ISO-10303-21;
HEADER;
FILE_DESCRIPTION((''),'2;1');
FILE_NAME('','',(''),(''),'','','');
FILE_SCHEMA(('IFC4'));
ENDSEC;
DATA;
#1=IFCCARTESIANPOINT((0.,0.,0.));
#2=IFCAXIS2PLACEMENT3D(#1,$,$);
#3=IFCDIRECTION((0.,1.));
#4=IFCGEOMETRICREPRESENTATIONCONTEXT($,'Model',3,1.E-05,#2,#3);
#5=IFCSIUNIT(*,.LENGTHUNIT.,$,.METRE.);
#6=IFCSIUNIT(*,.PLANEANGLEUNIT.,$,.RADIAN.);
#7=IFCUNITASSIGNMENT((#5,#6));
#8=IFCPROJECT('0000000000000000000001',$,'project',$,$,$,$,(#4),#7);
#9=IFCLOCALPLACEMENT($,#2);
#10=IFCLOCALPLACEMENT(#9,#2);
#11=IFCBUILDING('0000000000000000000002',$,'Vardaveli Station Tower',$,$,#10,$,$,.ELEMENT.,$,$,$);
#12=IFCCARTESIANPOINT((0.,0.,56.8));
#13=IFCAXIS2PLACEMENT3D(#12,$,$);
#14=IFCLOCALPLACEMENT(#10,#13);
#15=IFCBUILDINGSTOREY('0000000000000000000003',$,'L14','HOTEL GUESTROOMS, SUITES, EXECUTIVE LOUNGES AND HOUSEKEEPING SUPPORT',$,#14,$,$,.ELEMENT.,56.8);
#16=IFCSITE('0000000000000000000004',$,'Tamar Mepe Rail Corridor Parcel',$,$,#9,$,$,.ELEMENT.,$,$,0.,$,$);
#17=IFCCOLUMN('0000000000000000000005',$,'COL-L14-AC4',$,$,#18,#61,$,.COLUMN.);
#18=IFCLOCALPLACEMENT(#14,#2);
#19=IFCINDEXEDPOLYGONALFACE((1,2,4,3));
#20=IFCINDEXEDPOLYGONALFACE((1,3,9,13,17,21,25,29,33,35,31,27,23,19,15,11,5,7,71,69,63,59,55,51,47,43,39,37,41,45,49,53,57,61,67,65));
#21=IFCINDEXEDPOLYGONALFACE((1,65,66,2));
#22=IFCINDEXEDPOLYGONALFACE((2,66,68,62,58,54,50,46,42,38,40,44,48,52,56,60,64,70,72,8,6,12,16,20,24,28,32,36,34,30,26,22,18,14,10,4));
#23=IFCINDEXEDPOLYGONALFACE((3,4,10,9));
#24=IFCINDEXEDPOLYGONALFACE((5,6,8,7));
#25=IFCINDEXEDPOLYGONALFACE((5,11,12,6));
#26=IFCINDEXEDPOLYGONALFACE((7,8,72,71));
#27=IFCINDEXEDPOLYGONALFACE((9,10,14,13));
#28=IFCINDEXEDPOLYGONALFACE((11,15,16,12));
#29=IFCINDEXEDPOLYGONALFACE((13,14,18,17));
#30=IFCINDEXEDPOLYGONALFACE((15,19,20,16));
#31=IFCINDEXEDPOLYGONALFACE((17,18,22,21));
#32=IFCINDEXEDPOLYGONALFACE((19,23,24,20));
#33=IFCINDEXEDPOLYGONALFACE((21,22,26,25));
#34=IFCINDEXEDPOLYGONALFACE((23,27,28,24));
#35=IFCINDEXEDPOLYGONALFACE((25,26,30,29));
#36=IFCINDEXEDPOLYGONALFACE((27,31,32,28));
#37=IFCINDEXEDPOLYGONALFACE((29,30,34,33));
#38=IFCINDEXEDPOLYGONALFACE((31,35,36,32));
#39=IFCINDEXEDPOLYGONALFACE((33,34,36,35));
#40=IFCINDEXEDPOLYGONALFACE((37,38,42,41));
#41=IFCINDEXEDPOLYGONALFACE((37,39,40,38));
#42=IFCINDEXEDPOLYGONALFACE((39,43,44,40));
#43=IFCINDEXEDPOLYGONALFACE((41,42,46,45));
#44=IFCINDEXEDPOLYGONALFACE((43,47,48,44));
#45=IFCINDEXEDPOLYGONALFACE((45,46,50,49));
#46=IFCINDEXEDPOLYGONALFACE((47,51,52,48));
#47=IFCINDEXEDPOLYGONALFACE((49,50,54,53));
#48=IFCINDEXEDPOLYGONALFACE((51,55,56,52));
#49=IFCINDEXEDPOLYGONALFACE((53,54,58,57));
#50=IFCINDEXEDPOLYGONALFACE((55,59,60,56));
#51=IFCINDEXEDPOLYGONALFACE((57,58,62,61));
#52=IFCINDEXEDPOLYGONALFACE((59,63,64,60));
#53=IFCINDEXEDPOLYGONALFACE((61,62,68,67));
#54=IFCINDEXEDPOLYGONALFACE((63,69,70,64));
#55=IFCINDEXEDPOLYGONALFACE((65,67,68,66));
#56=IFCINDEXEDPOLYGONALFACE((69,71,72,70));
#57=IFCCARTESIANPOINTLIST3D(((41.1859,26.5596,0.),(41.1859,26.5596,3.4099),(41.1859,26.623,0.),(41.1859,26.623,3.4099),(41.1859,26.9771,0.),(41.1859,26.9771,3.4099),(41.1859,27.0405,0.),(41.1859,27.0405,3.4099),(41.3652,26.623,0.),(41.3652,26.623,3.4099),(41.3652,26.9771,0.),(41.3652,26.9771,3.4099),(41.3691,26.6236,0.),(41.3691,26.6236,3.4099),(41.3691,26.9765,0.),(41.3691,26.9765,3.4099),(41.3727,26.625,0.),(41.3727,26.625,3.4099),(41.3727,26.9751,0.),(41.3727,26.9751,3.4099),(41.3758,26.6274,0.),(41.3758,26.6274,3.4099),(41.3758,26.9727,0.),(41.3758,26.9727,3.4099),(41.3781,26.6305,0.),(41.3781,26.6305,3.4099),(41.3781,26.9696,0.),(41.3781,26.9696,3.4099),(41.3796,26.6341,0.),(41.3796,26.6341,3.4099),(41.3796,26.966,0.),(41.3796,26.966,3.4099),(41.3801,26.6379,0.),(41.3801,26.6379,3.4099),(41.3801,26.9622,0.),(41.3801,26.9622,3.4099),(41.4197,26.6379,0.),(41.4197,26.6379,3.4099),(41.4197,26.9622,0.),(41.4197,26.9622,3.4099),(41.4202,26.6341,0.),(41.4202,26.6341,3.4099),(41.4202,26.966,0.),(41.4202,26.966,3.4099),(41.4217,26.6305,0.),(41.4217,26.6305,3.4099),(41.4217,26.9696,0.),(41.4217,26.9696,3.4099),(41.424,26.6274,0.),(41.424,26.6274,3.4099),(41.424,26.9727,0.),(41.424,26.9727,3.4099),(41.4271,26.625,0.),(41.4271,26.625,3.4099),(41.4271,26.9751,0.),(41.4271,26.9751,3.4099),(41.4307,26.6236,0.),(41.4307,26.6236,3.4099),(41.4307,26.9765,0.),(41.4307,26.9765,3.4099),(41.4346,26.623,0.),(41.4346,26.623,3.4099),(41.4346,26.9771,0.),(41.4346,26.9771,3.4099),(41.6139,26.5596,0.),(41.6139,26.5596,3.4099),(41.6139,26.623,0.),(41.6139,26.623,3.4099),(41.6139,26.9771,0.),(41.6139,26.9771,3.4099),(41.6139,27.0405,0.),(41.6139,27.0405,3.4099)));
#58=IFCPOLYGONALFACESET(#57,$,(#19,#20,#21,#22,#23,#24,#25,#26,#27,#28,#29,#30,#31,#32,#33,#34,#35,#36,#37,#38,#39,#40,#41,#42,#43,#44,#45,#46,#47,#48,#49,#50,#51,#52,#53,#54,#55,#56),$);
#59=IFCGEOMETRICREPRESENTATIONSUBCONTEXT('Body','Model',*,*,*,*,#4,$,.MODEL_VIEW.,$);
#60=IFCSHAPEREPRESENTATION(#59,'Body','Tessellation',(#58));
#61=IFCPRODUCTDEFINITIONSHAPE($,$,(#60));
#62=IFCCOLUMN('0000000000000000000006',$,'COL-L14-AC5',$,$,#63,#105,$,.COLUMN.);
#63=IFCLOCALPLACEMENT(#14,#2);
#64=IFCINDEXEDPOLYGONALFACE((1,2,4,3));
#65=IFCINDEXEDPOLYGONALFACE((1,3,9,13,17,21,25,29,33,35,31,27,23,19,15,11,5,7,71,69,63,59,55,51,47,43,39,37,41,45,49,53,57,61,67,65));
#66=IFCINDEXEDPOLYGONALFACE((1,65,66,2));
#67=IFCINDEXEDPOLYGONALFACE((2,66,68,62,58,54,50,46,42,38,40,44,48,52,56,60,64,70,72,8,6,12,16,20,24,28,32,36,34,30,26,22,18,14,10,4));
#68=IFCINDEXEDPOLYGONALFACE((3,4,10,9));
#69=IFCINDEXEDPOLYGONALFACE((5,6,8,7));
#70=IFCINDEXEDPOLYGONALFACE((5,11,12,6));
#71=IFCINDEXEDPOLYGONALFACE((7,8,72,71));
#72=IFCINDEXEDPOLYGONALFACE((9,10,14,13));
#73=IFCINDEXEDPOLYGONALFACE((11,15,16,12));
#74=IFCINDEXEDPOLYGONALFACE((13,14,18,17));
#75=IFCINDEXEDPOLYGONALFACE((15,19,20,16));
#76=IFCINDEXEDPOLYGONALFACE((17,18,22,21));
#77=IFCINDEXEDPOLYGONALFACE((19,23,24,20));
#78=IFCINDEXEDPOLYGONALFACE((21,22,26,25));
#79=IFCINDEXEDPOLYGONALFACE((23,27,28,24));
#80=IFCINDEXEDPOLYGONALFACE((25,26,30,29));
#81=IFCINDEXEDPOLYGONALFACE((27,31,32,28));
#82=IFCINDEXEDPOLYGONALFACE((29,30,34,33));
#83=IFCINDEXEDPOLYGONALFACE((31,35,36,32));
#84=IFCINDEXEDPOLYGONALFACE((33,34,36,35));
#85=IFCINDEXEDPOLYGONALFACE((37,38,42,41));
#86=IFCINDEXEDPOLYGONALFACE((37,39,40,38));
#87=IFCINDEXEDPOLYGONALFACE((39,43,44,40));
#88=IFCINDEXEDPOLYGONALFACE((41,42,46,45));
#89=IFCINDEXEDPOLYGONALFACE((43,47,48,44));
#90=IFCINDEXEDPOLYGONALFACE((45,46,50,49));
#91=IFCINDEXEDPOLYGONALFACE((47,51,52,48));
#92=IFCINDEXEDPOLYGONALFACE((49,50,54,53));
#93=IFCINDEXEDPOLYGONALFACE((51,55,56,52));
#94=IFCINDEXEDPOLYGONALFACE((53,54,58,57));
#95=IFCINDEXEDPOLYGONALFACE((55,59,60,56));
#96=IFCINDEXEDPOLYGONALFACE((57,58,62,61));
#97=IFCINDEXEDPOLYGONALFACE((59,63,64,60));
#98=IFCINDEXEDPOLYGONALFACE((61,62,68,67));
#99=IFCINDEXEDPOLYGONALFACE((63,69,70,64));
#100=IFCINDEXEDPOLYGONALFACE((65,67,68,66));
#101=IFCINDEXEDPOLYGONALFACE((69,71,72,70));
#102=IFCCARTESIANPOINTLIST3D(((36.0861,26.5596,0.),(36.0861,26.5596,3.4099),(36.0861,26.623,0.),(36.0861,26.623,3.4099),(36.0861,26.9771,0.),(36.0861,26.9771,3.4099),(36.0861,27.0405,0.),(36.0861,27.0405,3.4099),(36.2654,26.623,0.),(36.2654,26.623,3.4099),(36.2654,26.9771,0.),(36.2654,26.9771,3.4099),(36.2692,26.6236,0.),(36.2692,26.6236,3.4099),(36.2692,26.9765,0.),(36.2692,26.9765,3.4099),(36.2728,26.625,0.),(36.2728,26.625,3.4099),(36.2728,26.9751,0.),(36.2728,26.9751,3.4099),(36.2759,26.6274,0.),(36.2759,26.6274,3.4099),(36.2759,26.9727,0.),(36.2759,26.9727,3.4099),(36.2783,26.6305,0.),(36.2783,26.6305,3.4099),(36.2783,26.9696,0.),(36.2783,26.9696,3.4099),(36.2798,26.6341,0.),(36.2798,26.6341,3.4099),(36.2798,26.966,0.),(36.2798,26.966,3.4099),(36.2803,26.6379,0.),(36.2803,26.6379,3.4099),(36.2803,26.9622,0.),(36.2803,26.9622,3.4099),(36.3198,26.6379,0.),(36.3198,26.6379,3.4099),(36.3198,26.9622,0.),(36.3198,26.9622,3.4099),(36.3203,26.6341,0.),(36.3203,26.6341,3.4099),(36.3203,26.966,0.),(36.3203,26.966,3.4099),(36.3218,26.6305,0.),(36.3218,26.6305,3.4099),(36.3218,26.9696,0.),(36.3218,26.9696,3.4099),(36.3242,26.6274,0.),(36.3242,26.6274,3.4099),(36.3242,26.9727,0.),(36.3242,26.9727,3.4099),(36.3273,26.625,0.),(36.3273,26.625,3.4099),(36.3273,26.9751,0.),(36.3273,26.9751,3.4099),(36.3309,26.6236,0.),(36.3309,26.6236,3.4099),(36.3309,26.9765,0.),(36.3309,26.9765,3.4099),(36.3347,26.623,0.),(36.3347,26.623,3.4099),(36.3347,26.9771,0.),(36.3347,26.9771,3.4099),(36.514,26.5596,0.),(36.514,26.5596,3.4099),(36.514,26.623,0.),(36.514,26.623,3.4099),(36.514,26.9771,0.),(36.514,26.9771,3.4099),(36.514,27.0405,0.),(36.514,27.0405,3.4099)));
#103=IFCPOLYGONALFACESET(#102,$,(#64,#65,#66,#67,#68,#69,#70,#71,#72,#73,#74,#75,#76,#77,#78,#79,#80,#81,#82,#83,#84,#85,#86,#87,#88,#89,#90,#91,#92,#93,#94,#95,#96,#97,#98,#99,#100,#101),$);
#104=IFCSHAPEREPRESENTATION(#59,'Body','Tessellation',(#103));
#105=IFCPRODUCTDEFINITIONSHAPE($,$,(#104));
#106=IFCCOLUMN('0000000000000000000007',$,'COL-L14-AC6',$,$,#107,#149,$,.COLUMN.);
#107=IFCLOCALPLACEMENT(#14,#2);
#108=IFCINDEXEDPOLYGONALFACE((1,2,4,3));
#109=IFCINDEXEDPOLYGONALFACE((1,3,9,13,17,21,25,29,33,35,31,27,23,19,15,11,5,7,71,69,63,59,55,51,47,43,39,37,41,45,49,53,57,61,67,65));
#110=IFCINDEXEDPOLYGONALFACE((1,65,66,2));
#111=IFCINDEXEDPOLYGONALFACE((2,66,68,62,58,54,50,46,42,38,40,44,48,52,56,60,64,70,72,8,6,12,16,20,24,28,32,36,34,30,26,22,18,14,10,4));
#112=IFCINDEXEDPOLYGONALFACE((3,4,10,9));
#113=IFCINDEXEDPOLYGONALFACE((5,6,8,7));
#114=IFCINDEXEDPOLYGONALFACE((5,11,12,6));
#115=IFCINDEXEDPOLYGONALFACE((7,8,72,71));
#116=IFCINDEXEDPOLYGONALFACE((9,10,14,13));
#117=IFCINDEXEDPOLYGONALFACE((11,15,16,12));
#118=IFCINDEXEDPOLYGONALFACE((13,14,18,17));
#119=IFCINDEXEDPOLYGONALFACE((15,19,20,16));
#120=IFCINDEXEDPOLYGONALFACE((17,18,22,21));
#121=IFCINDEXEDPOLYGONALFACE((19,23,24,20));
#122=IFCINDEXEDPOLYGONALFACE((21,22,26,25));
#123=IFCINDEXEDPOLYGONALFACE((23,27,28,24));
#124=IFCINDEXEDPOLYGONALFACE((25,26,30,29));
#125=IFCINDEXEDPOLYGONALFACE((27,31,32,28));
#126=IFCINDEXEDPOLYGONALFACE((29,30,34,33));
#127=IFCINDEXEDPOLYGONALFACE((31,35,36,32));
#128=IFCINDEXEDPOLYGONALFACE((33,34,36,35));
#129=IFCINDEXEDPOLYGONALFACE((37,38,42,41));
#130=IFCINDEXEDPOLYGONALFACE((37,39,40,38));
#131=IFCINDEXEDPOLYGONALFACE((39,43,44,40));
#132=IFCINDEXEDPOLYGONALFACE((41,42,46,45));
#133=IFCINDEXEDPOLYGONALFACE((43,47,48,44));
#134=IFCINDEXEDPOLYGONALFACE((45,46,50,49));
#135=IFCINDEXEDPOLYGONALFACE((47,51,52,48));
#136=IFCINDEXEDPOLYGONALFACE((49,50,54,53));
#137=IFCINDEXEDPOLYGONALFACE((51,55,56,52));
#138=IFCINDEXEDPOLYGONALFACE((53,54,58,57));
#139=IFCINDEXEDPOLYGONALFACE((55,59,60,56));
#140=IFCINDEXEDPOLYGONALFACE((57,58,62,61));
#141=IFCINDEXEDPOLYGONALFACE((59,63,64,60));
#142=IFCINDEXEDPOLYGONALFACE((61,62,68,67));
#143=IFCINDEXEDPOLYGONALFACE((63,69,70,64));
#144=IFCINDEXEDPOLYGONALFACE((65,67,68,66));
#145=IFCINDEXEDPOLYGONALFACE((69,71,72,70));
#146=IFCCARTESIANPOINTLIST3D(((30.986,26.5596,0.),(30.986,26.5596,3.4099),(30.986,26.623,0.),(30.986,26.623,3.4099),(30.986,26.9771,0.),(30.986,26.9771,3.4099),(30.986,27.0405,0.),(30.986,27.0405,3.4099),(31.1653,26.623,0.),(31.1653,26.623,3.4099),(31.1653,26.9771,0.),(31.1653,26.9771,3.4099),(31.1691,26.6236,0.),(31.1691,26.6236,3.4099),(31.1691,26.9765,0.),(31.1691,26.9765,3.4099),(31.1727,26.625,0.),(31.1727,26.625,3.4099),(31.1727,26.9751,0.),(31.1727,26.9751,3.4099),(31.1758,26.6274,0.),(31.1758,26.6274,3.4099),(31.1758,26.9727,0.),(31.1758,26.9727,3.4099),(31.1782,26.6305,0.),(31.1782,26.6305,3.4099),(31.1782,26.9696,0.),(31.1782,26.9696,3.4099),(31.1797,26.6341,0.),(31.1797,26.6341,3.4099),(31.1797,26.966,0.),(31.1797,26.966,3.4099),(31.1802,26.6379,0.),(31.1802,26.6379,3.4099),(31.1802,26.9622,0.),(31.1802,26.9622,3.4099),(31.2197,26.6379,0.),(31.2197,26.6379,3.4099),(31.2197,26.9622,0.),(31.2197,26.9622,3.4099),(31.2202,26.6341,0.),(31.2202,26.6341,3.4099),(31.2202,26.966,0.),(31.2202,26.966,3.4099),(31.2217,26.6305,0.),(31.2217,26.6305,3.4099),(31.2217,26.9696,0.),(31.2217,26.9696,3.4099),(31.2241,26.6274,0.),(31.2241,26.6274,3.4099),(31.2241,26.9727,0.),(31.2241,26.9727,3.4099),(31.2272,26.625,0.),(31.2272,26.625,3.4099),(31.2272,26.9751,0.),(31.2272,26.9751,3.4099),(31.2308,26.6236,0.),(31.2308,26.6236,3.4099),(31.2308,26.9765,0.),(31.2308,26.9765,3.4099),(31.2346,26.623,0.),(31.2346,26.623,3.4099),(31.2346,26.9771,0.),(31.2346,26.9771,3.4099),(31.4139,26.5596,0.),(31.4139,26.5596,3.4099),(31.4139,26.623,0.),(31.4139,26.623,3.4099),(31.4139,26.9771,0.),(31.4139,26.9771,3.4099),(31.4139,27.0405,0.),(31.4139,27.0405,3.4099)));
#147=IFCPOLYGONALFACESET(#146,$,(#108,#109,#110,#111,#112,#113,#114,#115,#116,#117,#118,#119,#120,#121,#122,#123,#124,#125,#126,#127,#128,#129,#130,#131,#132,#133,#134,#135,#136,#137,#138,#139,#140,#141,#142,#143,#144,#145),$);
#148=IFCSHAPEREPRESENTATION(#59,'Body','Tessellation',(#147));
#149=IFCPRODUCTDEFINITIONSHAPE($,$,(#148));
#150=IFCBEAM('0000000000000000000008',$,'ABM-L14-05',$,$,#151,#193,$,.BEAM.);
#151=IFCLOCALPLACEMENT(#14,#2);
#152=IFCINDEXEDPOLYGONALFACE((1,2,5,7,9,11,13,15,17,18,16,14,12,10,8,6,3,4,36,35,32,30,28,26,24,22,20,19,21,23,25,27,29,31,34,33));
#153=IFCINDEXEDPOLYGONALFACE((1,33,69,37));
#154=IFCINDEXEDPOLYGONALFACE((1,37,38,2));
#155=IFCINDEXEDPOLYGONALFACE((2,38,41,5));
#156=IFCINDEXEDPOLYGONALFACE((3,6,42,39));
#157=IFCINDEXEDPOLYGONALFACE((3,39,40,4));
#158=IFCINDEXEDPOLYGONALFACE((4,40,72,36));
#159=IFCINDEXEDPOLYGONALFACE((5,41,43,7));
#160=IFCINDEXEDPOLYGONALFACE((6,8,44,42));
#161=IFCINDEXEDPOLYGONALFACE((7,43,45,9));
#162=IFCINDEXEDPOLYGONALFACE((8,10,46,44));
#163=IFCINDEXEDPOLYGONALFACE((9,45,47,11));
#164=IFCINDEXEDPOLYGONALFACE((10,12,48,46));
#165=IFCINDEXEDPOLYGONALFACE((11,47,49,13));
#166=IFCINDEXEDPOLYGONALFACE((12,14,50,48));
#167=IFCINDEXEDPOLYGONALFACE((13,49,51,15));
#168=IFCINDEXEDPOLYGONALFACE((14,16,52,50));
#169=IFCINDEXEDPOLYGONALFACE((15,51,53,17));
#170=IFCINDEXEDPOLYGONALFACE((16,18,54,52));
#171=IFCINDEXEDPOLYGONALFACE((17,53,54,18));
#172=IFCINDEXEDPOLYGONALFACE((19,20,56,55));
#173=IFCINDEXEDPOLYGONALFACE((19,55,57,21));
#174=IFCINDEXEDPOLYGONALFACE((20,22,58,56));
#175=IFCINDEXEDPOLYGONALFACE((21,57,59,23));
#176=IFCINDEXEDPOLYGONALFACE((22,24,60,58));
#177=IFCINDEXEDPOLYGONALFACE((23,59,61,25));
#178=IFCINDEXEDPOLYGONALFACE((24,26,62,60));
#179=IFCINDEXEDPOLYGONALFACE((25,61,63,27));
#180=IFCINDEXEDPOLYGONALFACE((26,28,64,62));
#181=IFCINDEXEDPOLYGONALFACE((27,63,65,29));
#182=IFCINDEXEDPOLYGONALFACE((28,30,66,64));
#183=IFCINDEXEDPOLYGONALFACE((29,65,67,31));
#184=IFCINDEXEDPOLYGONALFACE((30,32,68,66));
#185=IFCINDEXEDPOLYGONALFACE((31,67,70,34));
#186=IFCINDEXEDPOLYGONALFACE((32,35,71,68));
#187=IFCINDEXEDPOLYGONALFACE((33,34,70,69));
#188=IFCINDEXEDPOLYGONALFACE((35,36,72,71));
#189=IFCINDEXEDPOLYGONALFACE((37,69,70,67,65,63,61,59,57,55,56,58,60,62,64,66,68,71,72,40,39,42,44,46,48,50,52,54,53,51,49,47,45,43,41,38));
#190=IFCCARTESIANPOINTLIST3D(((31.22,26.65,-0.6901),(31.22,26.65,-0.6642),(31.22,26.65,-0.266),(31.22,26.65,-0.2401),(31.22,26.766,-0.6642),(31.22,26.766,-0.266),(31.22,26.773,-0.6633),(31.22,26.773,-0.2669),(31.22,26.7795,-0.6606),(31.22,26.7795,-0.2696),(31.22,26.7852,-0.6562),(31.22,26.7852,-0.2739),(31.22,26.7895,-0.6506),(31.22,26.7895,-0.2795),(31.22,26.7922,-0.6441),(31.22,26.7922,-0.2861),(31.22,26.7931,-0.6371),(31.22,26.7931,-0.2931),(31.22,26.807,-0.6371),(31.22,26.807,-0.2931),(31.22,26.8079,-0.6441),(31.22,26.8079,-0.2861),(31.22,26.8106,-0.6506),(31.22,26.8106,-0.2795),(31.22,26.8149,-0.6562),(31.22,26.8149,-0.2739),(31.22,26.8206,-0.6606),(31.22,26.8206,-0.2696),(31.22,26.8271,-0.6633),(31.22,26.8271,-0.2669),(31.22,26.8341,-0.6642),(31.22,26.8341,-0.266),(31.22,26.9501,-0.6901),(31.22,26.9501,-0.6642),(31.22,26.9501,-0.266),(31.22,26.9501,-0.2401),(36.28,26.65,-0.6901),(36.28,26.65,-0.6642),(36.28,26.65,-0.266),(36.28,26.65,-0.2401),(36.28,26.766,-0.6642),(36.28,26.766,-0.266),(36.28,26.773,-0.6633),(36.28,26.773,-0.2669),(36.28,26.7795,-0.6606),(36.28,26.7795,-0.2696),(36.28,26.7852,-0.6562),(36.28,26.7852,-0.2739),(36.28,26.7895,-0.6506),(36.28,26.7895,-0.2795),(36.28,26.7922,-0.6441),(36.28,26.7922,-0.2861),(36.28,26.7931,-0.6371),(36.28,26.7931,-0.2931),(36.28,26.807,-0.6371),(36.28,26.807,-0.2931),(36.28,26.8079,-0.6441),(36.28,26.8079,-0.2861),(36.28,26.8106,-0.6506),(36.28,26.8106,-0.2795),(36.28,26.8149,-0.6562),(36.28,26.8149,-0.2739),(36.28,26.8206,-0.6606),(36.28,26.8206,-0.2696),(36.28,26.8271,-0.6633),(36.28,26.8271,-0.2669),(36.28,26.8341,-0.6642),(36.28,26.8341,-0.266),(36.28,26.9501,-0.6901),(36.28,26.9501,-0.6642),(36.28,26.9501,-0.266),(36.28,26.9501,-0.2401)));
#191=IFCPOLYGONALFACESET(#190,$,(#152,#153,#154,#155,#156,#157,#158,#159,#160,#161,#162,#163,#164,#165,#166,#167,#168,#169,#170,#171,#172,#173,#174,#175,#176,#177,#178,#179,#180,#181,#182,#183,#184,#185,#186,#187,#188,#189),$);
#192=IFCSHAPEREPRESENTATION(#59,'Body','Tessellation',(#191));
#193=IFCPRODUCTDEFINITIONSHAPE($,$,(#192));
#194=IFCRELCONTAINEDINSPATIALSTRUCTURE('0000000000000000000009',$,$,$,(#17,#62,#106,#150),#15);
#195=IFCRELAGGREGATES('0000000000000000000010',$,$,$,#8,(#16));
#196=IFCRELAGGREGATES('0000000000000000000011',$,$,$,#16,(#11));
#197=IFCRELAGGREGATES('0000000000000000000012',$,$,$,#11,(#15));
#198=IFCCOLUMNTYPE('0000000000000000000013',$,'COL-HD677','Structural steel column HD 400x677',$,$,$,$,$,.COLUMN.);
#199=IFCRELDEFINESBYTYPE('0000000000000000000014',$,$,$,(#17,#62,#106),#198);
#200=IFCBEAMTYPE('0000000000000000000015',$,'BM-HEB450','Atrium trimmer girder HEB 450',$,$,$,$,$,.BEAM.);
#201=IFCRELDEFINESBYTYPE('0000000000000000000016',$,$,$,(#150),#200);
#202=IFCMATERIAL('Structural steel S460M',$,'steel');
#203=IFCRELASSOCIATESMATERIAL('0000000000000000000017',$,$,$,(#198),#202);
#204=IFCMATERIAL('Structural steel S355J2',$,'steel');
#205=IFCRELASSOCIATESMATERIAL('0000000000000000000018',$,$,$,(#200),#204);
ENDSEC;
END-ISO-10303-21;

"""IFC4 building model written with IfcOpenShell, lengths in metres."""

from ifc_helpers import new_model, si_unit, direction, frame, origin, origin_2d, place, context, subcontext, project, spatial, i_section, extrude, source, transform, mapped, material, material_profile, profile_set, type_object, element, save


model = new_model("IFC4")

# Units and contexts
model_context = context("Model", 3, precision=1e-05, world=origin(), true_north=direction((0.0, 1.0)))
body_context = subcontext(model_context, "Body", "Model", "MODEL_VIEW")
ifc_project = project(units=[si_unit("LENGTHUNIT", "METRE"), si_unit("PLANEANGLEUNIT", "RADIAN")], contexts=[model_context])

# Site, building, storey
site_placement = place(None, origin())
site = spatial("IfcSite", under=ifc_project, at=site_placement, Name="Tamar Mepe Rail Corridor Parcel", CompositionType="ELEMENT", RefElevation=0.0)
building_placement = place(site_placement, origin())
building = spatial("IfcBuilding", under=site, at=building_placement, Name="Vardaveli Station Tower", CompositionType="ELEMENT")
storey_placement = place(building_placement, frame((0.0, 0.0, 56.8)))
storey = spatial("IfcBuildingStorey", under=building, at=storey_placement, Name="L14", Description="HOTEL GUESTROOMS, SUITES, EXECUTIVE LOUNGES AND HOUSEKEEPING SUPPORT", CompositionType="ELEMENT", Elevation=56.8)

# Columns
ifc_material_1 = material(Name="Structural steel S460M", Category="steel")
ifc_material_profile_1 = material_profile(ifc_material_1, i_section(OverallWidth=0.428, OverallDepth=0.481, WebThickness=0.0396, FlangeThickness=0.0635, FilletRadius=0.0149, at=origin_2d()), Name="HD 400x677")
ifc_profile_set_1 = profile_set([ifc_material_profile_1], Name="Structural steel S460M")
column_type = type_object("IfcColumnType", Name="COL-HD677", Description="Structural steel column HD 400x677", PredefinedType="COLUMN", material=ifc_profile_set_1)
shared_shape_1 = source(origin(), body_context, "Body", "SweptSolid", [
    extrude(i_section(OverallWidth=0.428, OverallDepth=0.481, WebThickness=0.0396, FlangeThickness=0.0635, FilletRadius=0.0149, at=origin_2d()), origin(), (0.0, 0.0, 1.0), 3.4099),
])
for number, where, z_axis, x_axis, name in (
    (1, (41.3999, 26.8, 0.0), (0.0, 0.0, 1.0), (1.0, 0.0, 0.0), "COL-L14-AC4"),
    (2, (36.3, 26.8, 0.0), (0.0, 0.0, 1.0), (1.0, 0.0, 0.0), "COL-L14-AC5"),
    (3, (31.2, 26.8, 0.0), (0.0, 0.0, 1.0), (1.0, 0.0, 0.0), "COL-L14-AC6"),
):
    element("IfcColumn", number, at=place(storey_placement, frame(where, z_axis=z_axis, x_axis=x_axis)), inside=storey, type_object=column_type, Name=name, PredefinedType="COLUMN", context=body_context, shape_type="MappedRepresentation", body=[
        mapped(shared_shape_1, transform((0.0, 0.0, 0.0), scale=1.0)),
    ])

# Beam
ifc_material_2 = material(Name="Structural steel S355J2", Category="steel")
ifc_material_profile_2 = material_profile(ifc_material_2, i_section(OverallWidth=0.3, OverallDepth=0.45, WebThickness=0.0139, FlangeThickness=0.0259, FilletRadius=0.0271, at=origin_2d()), Name="HEB 450")
ifc_profile_set_2 = profile_set([ifc_material_profile_2], Name="Structural steel S355J2")
beam_type_1 = type_object("IfcBeamType", Name="BM-HEB450", Description="Atrium trimmer girder HEB 450", PredefinedType="BEAM", material=ifc_profile_set_2)
shared_shape_2 = source(origin(), body_context, "Body", "SweptSolid", [
    extrude(i_section(OverallWidth=0.3, OverallDepth=0.45, WebThickness=0.0139, FlangeThickness=0.0259, FilletRadius=0.0271, at=origin_2d()), origin(), (0.0, 0.0, 1.0), 5.0601),
])
beam_1_placement = place(storey_placement, frame((36.28, 26.8, -0.4651), z_axis=(-1.0, 0.0, 0.0), x_axis=(0.0, -1.0, 0.0)))
element("IfcBeam", 4, at=beam_1_placement, inside=storey, type_object=beam_type_1, Name="ABM-L14-05", PredefinedType="BEAM", context=body_context, shape_type="MappedRepresentation", body=[
    mapped(shared_shape_2, transform((0.0, 0.0, 0.0), scale=1.0)),
])

save(model, "model.ifc")
